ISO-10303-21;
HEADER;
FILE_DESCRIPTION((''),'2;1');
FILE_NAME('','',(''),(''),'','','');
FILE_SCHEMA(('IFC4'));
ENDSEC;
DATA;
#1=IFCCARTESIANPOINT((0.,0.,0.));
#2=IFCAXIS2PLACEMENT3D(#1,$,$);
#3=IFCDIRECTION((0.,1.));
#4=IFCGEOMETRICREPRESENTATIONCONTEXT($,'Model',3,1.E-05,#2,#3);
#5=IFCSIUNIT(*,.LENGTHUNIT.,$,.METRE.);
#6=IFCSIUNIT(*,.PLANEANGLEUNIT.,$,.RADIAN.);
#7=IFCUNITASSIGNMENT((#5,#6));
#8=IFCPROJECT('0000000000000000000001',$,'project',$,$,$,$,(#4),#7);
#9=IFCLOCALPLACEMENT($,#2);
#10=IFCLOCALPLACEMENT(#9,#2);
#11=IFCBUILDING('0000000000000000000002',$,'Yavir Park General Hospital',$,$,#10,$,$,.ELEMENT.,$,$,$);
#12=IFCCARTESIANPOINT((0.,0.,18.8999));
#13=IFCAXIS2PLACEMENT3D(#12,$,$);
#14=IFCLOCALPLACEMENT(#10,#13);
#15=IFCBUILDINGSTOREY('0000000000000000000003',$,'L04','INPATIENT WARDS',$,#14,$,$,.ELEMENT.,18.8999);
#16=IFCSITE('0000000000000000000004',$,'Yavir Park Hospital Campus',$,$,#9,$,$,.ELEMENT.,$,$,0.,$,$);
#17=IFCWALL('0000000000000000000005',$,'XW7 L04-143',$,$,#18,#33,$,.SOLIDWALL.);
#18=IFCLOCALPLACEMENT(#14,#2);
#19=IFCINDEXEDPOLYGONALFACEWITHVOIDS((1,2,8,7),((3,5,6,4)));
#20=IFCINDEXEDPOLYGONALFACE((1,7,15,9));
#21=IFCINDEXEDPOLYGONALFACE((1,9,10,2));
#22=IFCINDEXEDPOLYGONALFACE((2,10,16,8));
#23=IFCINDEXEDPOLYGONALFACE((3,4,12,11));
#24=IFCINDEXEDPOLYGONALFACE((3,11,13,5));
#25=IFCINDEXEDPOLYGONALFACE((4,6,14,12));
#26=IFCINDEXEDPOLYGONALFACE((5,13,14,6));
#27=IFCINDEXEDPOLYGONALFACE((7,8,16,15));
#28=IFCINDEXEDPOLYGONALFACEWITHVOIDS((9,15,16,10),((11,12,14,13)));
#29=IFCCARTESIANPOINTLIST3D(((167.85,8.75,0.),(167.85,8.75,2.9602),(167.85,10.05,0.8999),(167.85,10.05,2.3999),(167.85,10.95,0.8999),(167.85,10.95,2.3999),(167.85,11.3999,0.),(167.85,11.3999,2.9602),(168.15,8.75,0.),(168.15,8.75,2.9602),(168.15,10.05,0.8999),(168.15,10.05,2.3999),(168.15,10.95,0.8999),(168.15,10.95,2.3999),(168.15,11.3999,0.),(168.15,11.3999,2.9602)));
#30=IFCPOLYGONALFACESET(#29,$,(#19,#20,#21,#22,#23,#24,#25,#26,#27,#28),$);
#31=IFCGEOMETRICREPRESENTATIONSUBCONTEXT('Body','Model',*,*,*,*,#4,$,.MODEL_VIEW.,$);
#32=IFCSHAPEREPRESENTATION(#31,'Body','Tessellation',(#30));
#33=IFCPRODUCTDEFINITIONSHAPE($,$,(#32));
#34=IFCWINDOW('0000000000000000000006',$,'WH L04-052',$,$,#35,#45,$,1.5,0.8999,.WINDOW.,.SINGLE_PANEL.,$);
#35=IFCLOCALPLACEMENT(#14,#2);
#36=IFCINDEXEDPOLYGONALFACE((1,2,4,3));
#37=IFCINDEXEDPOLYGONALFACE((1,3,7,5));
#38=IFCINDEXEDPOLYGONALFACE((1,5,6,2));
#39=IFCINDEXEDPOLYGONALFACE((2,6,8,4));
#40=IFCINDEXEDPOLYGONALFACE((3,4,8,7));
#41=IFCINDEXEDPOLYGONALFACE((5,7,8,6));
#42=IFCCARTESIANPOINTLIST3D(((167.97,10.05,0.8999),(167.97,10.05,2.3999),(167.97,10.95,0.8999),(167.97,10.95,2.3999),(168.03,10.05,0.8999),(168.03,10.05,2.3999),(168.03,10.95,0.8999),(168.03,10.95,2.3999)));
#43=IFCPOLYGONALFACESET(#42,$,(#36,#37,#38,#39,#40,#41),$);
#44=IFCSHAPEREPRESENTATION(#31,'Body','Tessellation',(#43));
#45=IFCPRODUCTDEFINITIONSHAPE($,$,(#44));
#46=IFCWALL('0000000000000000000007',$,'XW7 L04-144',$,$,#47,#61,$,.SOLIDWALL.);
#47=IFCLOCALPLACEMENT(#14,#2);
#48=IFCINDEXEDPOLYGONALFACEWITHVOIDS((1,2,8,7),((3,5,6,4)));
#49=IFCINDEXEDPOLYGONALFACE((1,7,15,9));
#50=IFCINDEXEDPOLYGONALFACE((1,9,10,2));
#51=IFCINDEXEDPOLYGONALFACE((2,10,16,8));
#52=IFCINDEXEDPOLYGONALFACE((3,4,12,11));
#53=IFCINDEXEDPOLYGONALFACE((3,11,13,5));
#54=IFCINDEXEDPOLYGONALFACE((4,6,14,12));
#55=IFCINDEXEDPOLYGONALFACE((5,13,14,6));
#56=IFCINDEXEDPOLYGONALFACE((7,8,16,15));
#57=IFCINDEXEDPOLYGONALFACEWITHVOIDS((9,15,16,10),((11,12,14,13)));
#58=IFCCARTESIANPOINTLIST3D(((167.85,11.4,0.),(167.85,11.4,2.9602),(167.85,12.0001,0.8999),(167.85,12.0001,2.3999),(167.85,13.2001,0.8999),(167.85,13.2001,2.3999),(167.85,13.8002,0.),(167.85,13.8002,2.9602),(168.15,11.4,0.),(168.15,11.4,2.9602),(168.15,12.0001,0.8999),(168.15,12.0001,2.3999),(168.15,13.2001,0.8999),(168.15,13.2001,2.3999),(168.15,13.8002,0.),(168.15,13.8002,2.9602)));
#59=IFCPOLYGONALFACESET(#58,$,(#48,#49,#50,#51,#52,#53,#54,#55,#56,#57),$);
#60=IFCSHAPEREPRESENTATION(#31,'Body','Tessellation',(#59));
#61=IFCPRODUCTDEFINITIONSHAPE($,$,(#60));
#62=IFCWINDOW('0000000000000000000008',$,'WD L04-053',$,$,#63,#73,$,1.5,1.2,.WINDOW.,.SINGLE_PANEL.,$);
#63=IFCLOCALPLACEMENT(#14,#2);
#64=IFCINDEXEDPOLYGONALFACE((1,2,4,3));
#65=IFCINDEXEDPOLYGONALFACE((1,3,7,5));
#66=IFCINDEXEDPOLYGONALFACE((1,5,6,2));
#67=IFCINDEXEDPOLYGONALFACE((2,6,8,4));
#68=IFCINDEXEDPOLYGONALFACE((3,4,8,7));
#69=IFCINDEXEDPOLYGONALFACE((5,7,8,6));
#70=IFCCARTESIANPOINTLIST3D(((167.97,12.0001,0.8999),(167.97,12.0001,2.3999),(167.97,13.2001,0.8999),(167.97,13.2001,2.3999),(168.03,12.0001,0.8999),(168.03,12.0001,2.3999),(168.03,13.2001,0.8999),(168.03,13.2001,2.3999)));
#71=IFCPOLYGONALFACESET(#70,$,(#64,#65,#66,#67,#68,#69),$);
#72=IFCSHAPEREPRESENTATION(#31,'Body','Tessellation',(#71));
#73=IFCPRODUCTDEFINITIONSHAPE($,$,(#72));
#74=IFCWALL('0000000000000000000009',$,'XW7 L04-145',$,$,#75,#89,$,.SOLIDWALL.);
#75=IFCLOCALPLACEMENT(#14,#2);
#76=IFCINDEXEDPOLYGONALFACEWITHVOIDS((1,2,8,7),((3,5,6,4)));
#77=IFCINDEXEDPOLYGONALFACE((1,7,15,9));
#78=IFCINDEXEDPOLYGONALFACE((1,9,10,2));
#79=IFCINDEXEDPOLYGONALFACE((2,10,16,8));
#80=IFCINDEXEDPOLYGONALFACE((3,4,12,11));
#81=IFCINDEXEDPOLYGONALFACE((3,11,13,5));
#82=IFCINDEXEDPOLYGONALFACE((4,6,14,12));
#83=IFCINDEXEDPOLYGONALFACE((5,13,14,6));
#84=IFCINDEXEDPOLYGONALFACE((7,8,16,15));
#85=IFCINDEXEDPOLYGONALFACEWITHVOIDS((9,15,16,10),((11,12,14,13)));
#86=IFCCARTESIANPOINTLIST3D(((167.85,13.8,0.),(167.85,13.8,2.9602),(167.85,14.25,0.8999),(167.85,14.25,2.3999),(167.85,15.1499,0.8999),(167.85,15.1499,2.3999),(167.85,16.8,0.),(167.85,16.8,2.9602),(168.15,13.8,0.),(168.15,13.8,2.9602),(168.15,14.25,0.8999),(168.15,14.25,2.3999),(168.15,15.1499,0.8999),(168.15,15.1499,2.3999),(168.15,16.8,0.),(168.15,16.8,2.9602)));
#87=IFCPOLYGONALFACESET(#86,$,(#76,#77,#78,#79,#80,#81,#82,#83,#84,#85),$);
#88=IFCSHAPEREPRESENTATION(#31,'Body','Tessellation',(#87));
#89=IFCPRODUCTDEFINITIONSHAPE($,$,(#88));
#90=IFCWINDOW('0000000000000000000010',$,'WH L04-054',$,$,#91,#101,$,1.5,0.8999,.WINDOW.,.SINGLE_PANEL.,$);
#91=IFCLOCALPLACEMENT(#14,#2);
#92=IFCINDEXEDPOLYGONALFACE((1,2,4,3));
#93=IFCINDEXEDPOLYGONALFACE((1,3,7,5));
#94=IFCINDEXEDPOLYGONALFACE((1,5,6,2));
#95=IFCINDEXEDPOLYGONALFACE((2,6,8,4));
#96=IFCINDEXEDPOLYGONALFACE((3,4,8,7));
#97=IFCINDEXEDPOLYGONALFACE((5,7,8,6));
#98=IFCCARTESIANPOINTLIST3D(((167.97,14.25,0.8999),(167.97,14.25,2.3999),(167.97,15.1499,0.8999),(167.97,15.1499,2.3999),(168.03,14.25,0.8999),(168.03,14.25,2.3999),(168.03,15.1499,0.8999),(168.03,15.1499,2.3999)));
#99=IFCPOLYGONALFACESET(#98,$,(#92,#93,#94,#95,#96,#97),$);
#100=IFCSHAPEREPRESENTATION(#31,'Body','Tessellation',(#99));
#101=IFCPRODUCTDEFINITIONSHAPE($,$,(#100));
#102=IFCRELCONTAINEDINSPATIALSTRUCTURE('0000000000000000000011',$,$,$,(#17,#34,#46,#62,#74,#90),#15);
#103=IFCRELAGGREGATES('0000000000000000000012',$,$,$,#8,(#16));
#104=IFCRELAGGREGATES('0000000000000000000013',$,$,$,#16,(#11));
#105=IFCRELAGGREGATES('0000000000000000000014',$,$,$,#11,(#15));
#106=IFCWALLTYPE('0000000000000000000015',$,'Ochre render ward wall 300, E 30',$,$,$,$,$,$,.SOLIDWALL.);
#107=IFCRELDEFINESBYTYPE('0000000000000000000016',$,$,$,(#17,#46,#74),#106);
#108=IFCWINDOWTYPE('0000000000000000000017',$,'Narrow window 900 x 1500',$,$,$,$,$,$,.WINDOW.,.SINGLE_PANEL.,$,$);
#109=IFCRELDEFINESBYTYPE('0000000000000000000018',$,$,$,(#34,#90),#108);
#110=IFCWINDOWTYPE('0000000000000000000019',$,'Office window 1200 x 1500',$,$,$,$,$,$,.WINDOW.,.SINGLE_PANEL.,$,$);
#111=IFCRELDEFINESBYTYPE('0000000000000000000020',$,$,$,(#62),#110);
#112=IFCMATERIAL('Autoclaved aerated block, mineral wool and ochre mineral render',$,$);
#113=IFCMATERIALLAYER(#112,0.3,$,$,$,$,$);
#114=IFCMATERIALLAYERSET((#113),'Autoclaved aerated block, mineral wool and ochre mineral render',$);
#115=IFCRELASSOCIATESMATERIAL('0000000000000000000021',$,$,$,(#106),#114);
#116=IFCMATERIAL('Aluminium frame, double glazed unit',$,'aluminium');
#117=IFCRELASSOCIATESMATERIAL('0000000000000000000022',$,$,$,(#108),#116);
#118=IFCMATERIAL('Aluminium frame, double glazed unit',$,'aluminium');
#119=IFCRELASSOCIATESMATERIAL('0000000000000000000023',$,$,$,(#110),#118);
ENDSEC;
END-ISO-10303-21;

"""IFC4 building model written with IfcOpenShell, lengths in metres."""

from ifc_helpers import new_model, si_unit, direction, frame, frame_2d, origin, place, context, subcontext, project, spatial, rectangle, extrude, material, layer, layer_set, type_object, element, fill, save


model = new_model("IFC4")

# Units and contexts
model_context = context("Model", 3, precision=1e-05, world=origin(), true_north=direction((0.0, 1.0)))
body_context = subcontext(model_context, "Body", "Model", "MODEL_VIEW")
ifc_project = project(units=[si_unit("LENGTHUNIT", "METRE"), si_unit("PLANEANGLEUNIT", "RADIAN")], contexts=[model_context])

# Site, building, storey
site_placement = place(None, origin())
site = spatial("IfcSite", under=ifc_project, at=site_placement, Name="Yavir Park Hospital Campus", CompositionType="ELEMENT", RefElevation=0.0)
building_placement = place(site_placement, origin())
building = spatial("IfcBuilding", under=site, at=building_placement, Name="Yavir Park General Hospital", CompositionType="ELEMENT")
storey_placement = place(building_placement, frame((0.0, 0.0, 18.8999)))
storey = spatial("IfcBuildingStorey", under=building, at=storey_placement, Name="L04", Description="INPATIENT WARDS", CompositionType="ELEMENT", Elevation=18.8999)

# Shared definitions
ifc_material_1 = material(Name="Autoclaved aerated block, mineral wool and ochre mineral render")
ifc_layer_1 = layer(ifc_material_1, 0.3)
ifc_layer_set_1 = layer_set([ifc_layer_1], Name="Autoclaved aerated block, mineral wool and ochre mineral render")
wall_type_1 = type_object("IfcWallType", Name="Ochre render ward wall 300, E 30", PredefinedType="SOLIDWALL", material=ifc_layer_set_1)

# Walls, openings, windows
wall_1_placement = place(storey_placement, frame((168.0, 8.75, 0.0), z_axis=(0.0, 0.0, 1.0), x_axis=(0.0, 1.0, 0.0)))
wall_1 = element("IfcWall", 1, at=wall_1_placement, inside=storey, type_object=wall_type_1, Name="XW7 L04-143", PredefinedType="SOLIDWALL", context=body_context, shape_type="SweptSolid", body=[
    extrude(rectangle(XDim=2.6499, YDim=0.3, at=frame_2d((1.325, 0.0))), origin(), (0.0, 0.0, 1.0), 2.9602),
])
opening_1_placement = place(wall_1_placement, frame((1.3, 0.0, 0.8999)))
opening_1 = element("IfcOpeningElement", 2, at=opening_1_placement, cuts=wall_1, PredefinedType="OPENING", context=body_context, shape_type="SweptSolid", body=[
    extrude(rectangle(XDim=0.8999, YDim=1.5, at=frame_2d((0.45, 0.75))), frame((0.0, 0.1599, 0.0), z_axis=(0.0, -1.0, 0.0), x_axis=(1.0, 0.0, 0.0)), (0.0, 0.0, 1.0), 0.3201),
])
ifc_material_2 = material(Name="Aluminium frame, double glazed unit", Category="aluminium")
window_type_1 = type_object("IfcWindowType", Name="Narrow window 900 x 1500", PartitioningType="SINGLE_PANEL", PredefinedType="WINDOW", material=ifc_material_2)
window_1_placement = place(opening_1_placement, origin())
window_1 = element("IfcWindow", 3, at=window_1_placement, inside=storey, type_object=window_type_1, Name="WH L04-052", OverallHeight=1.5, OverallWidth=0.8999, PartitioningType="SINGLE_PANEL", PredefinedType="WINDOW", context=body_context, shape_type="SweptSolid", body=[
    extrude(rectangle(XDim=0.8999, YDim=1.5, at=frame_2d((0.45, 0.75))), frame((0.0, 0.03, 0.0), z_axis=(0.0, -1.0, 0.0), x_axis=(1.0, 0.0, 0.0)), (0.0, 0.0, 1.0), 0.0601),
])
fill(opening_1, window_1)
wall_2_placement = place(storey_placement, frame((168.0, 11.3999, 0.0), z_axis=(0.0, 0.0, 1.0), x_axis=(0.0, 1.0, 0.0)))
wall_2 = element("IfcWall", 4, at=wall_2_placement, inside=storey, type_object=wall_type_1, Name="XW7 L04-144", PredefinedType="SOLIDWALL", context=body_context, shape_type="SweptSolid", body=[
    extrude(rectangle(XDim=2.4001, YDim=0.3, at=frame_2d((1.2002, 0.0))), origin(), (0.0, 0.0, 1.0), 2.9602),
])
opening_2_placement = place(wall_2_placement, frame((0.6001, 0.0, 0.8999)))
opening_2 = element("IfcOpeningElement", 5, at=opening_2_placement, cuts=wall_2, PredefinedType="OPENING", context=body_context, shape_type="SweptSolid", body=[
    extrude(rectangle(XDim=1.2, YDim=1.5, at=frame_2d((0.6001, 0.75))), frame((0.0, 0.1599, 0.0), z_axis=(0.0, -1.0, 0.0), x_axis=(1.0, 0.0, 0.0)), (0.0, 0.0, 1.0), 0.3201),
])
ifc_material_3 = material(Name="Aluminium frame, double glazed unit", Category="aluminium")
window_type_2 = type_object("IfcWindowType", Name="Office window 1200 x 1500", PartitioningType="SINGLE_PANEL", PredefinedType="WINDOW", material=ifc_material_3)
window_2_placement = place(opening_2_placement, origin())
window_2 = element("IfcWindow", 6, at=window_2_placement, inside=storey, type_object=window_type_2, Name="WD L04-053", OverallHeight=1.5, OverallWidth=1.2, PartitioningType="SINGLE_PANEL", PredefinedType="WINDOW", context=body_context, shape_type="SweptSolid", body=[
    extrude(rectangle(XDim=1.2, YDim=1.5, at=frame_2d((0.6001, 0.75))), frame((0.0, 0.03, 0.0), z_axis=(0.0, -1.0, 0.0), x_axis=(1.0, 0.0, 0.0)), (0.0, 0.0, 1.0), 0.0601),
])
fill(opening_2, window_2)
wall_3_placement = place(storey_placement, frame((168.0, 13.8, 0.0), z_axis=(0.0, 0.0, 1.0), x_axis=(0.0, 1.0, 0.0)))
wall_3 = element("IfcWall", 7, at=wall_3_placement, inside=storey, type_object=wall_type_1, Name="XW7 L04-145", PredefinedType="SOLIDWALL", context=body_context, shape_type="SweptSolid", body=[
    extrude(rectangle(XDim=3.0, YDim=0.3, at=frame_2d((1.5, 0.0))), origin(), (0.0, 0.0, 1.0), 2.9602),
])
opening_3_placement = place(wall_3_placement, frame((0.45, 0.0, 0.8999)))
opening_3 = element("IfcOpeningElement", 8, at=opening_3_placement, cuts=wall_3, PredefinedType="OPENING", context=body_context, shape_type="SweptSolid", body=[
    extrude(rectangle(XDim=0.8999, YDim=1.5, at=frame_2d((0.45, 0.75))), frame((0.0, 0.1599, 0.0), z_axis=(0.0, -1.0, 0.0), x_axis=(1.0, 0.0, 0.0)), (0.0, 0.0, 1.0), 0.3201),
])
window_3_placement = place(opening_3_placement, origin())
window_3 = element("IfcWindow", 9, at=window_3_placement, inside=storey, type_object=window_type_1, Name="WH L04-054", OverallHeight=1.5, OverallWidth=0.8999, PartitioningType="SINGLE_PANEL", PredefinedType="WINDOW", context=body_context, shape_type="SweptSolid", body=[
    extrude(rectangle(XDim=0.8999, YDim=1.5, at=frame_2d((0.45, 0.75))), frame((0.0, 0.03, 0.0), z_axis=(0.0, -1.0, 0.0), x_axis=(1.0, 0.0, 0.0)), (0.0, 0.0, 1.0), 0.0601),
])
fill(opening_3, window_3)

save(model, "model.ifc")
